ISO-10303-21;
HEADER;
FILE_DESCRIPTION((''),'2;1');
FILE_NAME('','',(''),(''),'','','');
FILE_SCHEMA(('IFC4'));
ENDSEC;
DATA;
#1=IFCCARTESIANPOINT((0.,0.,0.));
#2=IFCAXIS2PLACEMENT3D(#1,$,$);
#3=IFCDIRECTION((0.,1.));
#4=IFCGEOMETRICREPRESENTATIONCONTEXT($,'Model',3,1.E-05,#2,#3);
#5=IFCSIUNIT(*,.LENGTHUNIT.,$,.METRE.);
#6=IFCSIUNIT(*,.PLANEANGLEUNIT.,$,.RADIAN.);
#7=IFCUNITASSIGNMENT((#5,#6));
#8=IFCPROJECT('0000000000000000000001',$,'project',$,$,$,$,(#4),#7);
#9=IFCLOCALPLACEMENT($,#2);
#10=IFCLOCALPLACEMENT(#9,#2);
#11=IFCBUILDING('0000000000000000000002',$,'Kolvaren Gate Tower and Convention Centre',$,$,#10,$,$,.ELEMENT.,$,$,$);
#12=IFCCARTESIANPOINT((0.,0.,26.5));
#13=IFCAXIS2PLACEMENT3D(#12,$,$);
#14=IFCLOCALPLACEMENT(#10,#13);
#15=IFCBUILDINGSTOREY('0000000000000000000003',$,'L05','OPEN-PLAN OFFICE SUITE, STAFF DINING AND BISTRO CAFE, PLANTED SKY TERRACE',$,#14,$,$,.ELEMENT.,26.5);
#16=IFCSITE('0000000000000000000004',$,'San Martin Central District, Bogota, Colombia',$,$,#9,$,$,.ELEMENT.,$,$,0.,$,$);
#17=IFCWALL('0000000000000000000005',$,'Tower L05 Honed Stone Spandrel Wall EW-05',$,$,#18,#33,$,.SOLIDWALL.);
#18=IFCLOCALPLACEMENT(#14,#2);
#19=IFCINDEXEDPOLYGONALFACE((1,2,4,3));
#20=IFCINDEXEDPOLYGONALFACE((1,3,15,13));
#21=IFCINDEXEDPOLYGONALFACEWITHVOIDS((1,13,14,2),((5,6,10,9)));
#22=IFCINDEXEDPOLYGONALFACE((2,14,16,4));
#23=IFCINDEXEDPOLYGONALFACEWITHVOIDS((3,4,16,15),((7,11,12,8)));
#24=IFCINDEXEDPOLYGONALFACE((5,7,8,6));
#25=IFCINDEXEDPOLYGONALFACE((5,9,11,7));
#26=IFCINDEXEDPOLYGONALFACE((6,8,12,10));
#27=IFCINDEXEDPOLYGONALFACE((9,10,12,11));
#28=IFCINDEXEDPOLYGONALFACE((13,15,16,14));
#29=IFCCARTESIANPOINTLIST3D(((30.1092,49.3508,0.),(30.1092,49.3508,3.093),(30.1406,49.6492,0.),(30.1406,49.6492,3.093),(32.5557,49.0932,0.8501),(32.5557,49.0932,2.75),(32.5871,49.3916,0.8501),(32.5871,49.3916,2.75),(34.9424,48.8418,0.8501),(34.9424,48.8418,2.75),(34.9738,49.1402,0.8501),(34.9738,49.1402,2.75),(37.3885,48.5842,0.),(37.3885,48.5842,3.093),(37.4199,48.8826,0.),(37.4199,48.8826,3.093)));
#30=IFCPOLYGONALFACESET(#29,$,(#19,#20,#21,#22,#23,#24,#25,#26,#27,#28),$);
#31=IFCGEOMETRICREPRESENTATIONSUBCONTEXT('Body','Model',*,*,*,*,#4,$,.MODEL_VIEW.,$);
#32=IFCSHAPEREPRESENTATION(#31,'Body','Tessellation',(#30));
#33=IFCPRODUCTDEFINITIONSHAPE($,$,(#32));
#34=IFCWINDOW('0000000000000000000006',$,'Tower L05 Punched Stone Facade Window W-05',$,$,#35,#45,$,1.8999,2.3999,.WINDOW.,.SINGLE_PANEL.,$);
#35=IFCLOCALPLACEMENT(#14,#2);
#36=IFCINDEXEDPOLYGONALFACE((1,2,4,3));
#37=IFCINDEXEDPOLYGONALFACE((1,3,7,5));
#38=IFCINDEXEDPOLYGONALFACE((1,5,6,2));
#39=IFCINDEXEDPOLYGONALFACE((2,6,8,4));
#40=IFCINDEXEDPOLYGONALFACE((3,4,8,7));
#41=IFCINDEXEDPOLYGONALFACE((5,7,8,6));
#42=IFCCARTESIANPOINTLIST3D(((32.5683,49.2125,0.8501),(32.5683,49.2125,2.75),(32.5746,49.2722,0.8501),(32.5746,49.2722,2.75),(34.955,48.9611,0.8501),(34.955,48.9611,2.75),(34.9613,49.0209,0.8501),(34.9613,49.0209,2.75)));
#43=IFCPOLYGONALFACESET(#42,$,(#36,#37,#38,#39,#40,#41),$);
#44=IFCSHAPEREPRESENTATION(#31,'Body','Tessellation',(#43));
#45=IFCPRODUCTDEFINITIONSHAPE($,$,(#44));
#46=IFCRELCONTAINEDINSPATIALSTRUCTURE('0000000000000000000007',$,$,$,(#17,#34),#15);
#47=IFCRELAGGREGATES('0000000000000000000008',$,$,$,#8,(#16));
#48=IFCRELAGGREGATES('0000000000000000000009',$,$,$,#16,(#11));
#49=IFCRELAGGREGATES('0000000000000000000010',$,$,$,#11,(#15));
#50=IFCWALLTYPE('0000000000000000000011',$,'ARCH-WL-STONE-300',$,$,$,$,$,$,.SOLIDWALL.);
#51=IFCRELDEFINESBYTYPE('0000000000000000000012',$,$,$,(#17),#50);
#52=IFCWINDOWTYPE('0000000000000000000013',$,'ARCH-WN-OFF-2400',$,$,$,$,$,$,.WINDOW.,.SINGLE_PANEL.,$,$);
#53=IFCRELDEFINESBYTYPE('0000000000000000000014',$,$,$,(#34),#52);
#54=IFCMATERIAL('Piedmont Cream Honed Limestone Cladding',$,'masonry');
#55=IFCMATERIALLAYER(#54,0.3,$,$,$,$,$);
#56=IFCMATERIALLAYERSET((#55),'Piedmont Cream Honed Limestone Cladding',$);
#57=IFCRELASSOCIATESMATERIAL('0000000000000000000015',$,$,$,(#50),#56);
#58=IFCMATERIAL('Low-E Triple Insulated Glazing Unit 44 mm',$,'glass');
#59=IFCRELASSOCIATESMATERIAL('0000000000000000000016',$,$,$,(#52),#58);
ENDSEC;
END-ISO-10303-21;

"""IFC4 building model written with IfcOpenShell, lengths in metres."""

from ifc_helpers import new_model, si_unit, direction, frame, frame_2d, origin, place, context, subcontext, project, spatial, rectangle, extrude, material, layer, layer_set, type_object, element, fill, save


model = new_model("IFC4")

# Units and contexts
model_context = context("Model", 3, precision=1e-05, world=origin(), true_north=direction((0.0, 1.0)))
body_context = subcontext(model_context, "Body", "Model", "MODEL_VIEW")
ifc_project = project(units=[si_unit("LENGTHUNIT", "METRE"), si_unit("PLANEANGLEUNIT", "RADIAN")], contexts=[model_context])

# Site, building, storey
site_placement = place(None, origin())
site = spatial("IfcSite", under=ifc_project, at=site_placement, Name="San Martin Central District, Bogota, Colombia", CompositionType="ELEMENT", RefElevation=0.0)
building_placement = place(site_placement, origin())
building = spatial("IfcBuilding", under=site, at=building_placement, Name="Kolvaren Gate Tower and Convention Centre", CompositionType="ELEMENT")
storey_placement = place(building_placement, frame((0.0, 0.0, 26.5)))
storey = spatial("IfcBuildingStorey", under=building, at=storey_placement, Name="L05", Description="OPEN-PLAN OFFICE SUITE, STAFF DINING AND BISTRO CAFE, PLANTED SKY TERRACE", CompositionType="ELEMENT", Elevation=26.5)

# Wall, opening, window
ifc_material_1 = material(Name="Piedmont Cream Honed Limestone Cladding", Category="masonry")
ifc_layer_1 = layer(ifc_material_1, 0.3)
ifc_layer_set_1 = layer_set([ifc_layer_1], Name="Piedmont Cream Honed Limestone Cladding")
wall_type_1 = type_object("IfcWallType", Name="ARCH-WL-STONE-300", PredefinedType="SOLIDWALL", material=ifc_layer_set_1)
ifc_material_2 = material(Name="Low-E Triple Insulated Glazing Unit 44 mm", Category="glass")
window_type = type_object("IfcWindowType", Name="ARCH-WN-OFF-2400", PartitioningType="SINGLE_PANEL", PredefinedType="WINDOW", material=ifc_material_2)
wall_1_placement = place(storey_placement, frame((30.125, 49.5, 0.0), z_axis=(0.0, 0.0, 1.0), x_axis=(0.9945, -0.104733, 0.0)))
wall_1 = element("IfcWall", 1, at=wall_1_placement, inside=storey, type_object=wall_type_1, Name="Tower L05 Honed Stone Spandrel Wall EW-05", PredefinedType="SOLIDWALL", context=body_context, shape_type="SweptSolid", body=[
    extrude(rectangle(XDim=7.3196, YDim=0.3, at=frame_2d((3.6597, 0.0))), origin(), (0.0, 0.0, 1.0), 3.093),
])
opening_1_placement = place(wall_1_placement, frame((2.46, 0.0, 0.8501)))
opening_1 = element("IfcOpeningElement", 2, at=opening_1_placement, cuts=wall_1, PredefinedType="OPENING", context=body_context, shape_type="SweptSolid", body=[
    extrude(rectangle(XDim=2.3999, YDim=1.8999, at=frame_2d((1.2, 0.95))), frame((0.0, 0.1599, 0.0), z_axis=(0.0, -1.0, 0.0), x_axis=(1.0, 0.0, 0.0)), (0.0, 0.0, 1.0), 0.3201),
])
window_1_placement = place(opening_1_placement, origin())
window_1 = element("IfcWindow", 3, at=window_1_placement, inside=storey, type_object=window_type, Name="Tower L05 Punched Stone Facade Window W-05", OverallHeight=1.8999, OverallWidth=2.3999, PartitioningType="SINGLE_PANEL", PredefinedType="WINDOW", context=body_context, shape_type="SweptSolid", body=[
    extrude(rectangle(XDim=2.3999, YDim=1.8999, at=frame_2d((1.2, 0.95))), frame((0.0, 0.03, 0.0), z_axis=(0.0, -1.0, 0.0), x_axis=(1.0, 0.0, 0.0)), (0.0, 0.0, 1.0), 0.0601),
])
fill(opening_1, window_1)

save(model, "model.ifc")
